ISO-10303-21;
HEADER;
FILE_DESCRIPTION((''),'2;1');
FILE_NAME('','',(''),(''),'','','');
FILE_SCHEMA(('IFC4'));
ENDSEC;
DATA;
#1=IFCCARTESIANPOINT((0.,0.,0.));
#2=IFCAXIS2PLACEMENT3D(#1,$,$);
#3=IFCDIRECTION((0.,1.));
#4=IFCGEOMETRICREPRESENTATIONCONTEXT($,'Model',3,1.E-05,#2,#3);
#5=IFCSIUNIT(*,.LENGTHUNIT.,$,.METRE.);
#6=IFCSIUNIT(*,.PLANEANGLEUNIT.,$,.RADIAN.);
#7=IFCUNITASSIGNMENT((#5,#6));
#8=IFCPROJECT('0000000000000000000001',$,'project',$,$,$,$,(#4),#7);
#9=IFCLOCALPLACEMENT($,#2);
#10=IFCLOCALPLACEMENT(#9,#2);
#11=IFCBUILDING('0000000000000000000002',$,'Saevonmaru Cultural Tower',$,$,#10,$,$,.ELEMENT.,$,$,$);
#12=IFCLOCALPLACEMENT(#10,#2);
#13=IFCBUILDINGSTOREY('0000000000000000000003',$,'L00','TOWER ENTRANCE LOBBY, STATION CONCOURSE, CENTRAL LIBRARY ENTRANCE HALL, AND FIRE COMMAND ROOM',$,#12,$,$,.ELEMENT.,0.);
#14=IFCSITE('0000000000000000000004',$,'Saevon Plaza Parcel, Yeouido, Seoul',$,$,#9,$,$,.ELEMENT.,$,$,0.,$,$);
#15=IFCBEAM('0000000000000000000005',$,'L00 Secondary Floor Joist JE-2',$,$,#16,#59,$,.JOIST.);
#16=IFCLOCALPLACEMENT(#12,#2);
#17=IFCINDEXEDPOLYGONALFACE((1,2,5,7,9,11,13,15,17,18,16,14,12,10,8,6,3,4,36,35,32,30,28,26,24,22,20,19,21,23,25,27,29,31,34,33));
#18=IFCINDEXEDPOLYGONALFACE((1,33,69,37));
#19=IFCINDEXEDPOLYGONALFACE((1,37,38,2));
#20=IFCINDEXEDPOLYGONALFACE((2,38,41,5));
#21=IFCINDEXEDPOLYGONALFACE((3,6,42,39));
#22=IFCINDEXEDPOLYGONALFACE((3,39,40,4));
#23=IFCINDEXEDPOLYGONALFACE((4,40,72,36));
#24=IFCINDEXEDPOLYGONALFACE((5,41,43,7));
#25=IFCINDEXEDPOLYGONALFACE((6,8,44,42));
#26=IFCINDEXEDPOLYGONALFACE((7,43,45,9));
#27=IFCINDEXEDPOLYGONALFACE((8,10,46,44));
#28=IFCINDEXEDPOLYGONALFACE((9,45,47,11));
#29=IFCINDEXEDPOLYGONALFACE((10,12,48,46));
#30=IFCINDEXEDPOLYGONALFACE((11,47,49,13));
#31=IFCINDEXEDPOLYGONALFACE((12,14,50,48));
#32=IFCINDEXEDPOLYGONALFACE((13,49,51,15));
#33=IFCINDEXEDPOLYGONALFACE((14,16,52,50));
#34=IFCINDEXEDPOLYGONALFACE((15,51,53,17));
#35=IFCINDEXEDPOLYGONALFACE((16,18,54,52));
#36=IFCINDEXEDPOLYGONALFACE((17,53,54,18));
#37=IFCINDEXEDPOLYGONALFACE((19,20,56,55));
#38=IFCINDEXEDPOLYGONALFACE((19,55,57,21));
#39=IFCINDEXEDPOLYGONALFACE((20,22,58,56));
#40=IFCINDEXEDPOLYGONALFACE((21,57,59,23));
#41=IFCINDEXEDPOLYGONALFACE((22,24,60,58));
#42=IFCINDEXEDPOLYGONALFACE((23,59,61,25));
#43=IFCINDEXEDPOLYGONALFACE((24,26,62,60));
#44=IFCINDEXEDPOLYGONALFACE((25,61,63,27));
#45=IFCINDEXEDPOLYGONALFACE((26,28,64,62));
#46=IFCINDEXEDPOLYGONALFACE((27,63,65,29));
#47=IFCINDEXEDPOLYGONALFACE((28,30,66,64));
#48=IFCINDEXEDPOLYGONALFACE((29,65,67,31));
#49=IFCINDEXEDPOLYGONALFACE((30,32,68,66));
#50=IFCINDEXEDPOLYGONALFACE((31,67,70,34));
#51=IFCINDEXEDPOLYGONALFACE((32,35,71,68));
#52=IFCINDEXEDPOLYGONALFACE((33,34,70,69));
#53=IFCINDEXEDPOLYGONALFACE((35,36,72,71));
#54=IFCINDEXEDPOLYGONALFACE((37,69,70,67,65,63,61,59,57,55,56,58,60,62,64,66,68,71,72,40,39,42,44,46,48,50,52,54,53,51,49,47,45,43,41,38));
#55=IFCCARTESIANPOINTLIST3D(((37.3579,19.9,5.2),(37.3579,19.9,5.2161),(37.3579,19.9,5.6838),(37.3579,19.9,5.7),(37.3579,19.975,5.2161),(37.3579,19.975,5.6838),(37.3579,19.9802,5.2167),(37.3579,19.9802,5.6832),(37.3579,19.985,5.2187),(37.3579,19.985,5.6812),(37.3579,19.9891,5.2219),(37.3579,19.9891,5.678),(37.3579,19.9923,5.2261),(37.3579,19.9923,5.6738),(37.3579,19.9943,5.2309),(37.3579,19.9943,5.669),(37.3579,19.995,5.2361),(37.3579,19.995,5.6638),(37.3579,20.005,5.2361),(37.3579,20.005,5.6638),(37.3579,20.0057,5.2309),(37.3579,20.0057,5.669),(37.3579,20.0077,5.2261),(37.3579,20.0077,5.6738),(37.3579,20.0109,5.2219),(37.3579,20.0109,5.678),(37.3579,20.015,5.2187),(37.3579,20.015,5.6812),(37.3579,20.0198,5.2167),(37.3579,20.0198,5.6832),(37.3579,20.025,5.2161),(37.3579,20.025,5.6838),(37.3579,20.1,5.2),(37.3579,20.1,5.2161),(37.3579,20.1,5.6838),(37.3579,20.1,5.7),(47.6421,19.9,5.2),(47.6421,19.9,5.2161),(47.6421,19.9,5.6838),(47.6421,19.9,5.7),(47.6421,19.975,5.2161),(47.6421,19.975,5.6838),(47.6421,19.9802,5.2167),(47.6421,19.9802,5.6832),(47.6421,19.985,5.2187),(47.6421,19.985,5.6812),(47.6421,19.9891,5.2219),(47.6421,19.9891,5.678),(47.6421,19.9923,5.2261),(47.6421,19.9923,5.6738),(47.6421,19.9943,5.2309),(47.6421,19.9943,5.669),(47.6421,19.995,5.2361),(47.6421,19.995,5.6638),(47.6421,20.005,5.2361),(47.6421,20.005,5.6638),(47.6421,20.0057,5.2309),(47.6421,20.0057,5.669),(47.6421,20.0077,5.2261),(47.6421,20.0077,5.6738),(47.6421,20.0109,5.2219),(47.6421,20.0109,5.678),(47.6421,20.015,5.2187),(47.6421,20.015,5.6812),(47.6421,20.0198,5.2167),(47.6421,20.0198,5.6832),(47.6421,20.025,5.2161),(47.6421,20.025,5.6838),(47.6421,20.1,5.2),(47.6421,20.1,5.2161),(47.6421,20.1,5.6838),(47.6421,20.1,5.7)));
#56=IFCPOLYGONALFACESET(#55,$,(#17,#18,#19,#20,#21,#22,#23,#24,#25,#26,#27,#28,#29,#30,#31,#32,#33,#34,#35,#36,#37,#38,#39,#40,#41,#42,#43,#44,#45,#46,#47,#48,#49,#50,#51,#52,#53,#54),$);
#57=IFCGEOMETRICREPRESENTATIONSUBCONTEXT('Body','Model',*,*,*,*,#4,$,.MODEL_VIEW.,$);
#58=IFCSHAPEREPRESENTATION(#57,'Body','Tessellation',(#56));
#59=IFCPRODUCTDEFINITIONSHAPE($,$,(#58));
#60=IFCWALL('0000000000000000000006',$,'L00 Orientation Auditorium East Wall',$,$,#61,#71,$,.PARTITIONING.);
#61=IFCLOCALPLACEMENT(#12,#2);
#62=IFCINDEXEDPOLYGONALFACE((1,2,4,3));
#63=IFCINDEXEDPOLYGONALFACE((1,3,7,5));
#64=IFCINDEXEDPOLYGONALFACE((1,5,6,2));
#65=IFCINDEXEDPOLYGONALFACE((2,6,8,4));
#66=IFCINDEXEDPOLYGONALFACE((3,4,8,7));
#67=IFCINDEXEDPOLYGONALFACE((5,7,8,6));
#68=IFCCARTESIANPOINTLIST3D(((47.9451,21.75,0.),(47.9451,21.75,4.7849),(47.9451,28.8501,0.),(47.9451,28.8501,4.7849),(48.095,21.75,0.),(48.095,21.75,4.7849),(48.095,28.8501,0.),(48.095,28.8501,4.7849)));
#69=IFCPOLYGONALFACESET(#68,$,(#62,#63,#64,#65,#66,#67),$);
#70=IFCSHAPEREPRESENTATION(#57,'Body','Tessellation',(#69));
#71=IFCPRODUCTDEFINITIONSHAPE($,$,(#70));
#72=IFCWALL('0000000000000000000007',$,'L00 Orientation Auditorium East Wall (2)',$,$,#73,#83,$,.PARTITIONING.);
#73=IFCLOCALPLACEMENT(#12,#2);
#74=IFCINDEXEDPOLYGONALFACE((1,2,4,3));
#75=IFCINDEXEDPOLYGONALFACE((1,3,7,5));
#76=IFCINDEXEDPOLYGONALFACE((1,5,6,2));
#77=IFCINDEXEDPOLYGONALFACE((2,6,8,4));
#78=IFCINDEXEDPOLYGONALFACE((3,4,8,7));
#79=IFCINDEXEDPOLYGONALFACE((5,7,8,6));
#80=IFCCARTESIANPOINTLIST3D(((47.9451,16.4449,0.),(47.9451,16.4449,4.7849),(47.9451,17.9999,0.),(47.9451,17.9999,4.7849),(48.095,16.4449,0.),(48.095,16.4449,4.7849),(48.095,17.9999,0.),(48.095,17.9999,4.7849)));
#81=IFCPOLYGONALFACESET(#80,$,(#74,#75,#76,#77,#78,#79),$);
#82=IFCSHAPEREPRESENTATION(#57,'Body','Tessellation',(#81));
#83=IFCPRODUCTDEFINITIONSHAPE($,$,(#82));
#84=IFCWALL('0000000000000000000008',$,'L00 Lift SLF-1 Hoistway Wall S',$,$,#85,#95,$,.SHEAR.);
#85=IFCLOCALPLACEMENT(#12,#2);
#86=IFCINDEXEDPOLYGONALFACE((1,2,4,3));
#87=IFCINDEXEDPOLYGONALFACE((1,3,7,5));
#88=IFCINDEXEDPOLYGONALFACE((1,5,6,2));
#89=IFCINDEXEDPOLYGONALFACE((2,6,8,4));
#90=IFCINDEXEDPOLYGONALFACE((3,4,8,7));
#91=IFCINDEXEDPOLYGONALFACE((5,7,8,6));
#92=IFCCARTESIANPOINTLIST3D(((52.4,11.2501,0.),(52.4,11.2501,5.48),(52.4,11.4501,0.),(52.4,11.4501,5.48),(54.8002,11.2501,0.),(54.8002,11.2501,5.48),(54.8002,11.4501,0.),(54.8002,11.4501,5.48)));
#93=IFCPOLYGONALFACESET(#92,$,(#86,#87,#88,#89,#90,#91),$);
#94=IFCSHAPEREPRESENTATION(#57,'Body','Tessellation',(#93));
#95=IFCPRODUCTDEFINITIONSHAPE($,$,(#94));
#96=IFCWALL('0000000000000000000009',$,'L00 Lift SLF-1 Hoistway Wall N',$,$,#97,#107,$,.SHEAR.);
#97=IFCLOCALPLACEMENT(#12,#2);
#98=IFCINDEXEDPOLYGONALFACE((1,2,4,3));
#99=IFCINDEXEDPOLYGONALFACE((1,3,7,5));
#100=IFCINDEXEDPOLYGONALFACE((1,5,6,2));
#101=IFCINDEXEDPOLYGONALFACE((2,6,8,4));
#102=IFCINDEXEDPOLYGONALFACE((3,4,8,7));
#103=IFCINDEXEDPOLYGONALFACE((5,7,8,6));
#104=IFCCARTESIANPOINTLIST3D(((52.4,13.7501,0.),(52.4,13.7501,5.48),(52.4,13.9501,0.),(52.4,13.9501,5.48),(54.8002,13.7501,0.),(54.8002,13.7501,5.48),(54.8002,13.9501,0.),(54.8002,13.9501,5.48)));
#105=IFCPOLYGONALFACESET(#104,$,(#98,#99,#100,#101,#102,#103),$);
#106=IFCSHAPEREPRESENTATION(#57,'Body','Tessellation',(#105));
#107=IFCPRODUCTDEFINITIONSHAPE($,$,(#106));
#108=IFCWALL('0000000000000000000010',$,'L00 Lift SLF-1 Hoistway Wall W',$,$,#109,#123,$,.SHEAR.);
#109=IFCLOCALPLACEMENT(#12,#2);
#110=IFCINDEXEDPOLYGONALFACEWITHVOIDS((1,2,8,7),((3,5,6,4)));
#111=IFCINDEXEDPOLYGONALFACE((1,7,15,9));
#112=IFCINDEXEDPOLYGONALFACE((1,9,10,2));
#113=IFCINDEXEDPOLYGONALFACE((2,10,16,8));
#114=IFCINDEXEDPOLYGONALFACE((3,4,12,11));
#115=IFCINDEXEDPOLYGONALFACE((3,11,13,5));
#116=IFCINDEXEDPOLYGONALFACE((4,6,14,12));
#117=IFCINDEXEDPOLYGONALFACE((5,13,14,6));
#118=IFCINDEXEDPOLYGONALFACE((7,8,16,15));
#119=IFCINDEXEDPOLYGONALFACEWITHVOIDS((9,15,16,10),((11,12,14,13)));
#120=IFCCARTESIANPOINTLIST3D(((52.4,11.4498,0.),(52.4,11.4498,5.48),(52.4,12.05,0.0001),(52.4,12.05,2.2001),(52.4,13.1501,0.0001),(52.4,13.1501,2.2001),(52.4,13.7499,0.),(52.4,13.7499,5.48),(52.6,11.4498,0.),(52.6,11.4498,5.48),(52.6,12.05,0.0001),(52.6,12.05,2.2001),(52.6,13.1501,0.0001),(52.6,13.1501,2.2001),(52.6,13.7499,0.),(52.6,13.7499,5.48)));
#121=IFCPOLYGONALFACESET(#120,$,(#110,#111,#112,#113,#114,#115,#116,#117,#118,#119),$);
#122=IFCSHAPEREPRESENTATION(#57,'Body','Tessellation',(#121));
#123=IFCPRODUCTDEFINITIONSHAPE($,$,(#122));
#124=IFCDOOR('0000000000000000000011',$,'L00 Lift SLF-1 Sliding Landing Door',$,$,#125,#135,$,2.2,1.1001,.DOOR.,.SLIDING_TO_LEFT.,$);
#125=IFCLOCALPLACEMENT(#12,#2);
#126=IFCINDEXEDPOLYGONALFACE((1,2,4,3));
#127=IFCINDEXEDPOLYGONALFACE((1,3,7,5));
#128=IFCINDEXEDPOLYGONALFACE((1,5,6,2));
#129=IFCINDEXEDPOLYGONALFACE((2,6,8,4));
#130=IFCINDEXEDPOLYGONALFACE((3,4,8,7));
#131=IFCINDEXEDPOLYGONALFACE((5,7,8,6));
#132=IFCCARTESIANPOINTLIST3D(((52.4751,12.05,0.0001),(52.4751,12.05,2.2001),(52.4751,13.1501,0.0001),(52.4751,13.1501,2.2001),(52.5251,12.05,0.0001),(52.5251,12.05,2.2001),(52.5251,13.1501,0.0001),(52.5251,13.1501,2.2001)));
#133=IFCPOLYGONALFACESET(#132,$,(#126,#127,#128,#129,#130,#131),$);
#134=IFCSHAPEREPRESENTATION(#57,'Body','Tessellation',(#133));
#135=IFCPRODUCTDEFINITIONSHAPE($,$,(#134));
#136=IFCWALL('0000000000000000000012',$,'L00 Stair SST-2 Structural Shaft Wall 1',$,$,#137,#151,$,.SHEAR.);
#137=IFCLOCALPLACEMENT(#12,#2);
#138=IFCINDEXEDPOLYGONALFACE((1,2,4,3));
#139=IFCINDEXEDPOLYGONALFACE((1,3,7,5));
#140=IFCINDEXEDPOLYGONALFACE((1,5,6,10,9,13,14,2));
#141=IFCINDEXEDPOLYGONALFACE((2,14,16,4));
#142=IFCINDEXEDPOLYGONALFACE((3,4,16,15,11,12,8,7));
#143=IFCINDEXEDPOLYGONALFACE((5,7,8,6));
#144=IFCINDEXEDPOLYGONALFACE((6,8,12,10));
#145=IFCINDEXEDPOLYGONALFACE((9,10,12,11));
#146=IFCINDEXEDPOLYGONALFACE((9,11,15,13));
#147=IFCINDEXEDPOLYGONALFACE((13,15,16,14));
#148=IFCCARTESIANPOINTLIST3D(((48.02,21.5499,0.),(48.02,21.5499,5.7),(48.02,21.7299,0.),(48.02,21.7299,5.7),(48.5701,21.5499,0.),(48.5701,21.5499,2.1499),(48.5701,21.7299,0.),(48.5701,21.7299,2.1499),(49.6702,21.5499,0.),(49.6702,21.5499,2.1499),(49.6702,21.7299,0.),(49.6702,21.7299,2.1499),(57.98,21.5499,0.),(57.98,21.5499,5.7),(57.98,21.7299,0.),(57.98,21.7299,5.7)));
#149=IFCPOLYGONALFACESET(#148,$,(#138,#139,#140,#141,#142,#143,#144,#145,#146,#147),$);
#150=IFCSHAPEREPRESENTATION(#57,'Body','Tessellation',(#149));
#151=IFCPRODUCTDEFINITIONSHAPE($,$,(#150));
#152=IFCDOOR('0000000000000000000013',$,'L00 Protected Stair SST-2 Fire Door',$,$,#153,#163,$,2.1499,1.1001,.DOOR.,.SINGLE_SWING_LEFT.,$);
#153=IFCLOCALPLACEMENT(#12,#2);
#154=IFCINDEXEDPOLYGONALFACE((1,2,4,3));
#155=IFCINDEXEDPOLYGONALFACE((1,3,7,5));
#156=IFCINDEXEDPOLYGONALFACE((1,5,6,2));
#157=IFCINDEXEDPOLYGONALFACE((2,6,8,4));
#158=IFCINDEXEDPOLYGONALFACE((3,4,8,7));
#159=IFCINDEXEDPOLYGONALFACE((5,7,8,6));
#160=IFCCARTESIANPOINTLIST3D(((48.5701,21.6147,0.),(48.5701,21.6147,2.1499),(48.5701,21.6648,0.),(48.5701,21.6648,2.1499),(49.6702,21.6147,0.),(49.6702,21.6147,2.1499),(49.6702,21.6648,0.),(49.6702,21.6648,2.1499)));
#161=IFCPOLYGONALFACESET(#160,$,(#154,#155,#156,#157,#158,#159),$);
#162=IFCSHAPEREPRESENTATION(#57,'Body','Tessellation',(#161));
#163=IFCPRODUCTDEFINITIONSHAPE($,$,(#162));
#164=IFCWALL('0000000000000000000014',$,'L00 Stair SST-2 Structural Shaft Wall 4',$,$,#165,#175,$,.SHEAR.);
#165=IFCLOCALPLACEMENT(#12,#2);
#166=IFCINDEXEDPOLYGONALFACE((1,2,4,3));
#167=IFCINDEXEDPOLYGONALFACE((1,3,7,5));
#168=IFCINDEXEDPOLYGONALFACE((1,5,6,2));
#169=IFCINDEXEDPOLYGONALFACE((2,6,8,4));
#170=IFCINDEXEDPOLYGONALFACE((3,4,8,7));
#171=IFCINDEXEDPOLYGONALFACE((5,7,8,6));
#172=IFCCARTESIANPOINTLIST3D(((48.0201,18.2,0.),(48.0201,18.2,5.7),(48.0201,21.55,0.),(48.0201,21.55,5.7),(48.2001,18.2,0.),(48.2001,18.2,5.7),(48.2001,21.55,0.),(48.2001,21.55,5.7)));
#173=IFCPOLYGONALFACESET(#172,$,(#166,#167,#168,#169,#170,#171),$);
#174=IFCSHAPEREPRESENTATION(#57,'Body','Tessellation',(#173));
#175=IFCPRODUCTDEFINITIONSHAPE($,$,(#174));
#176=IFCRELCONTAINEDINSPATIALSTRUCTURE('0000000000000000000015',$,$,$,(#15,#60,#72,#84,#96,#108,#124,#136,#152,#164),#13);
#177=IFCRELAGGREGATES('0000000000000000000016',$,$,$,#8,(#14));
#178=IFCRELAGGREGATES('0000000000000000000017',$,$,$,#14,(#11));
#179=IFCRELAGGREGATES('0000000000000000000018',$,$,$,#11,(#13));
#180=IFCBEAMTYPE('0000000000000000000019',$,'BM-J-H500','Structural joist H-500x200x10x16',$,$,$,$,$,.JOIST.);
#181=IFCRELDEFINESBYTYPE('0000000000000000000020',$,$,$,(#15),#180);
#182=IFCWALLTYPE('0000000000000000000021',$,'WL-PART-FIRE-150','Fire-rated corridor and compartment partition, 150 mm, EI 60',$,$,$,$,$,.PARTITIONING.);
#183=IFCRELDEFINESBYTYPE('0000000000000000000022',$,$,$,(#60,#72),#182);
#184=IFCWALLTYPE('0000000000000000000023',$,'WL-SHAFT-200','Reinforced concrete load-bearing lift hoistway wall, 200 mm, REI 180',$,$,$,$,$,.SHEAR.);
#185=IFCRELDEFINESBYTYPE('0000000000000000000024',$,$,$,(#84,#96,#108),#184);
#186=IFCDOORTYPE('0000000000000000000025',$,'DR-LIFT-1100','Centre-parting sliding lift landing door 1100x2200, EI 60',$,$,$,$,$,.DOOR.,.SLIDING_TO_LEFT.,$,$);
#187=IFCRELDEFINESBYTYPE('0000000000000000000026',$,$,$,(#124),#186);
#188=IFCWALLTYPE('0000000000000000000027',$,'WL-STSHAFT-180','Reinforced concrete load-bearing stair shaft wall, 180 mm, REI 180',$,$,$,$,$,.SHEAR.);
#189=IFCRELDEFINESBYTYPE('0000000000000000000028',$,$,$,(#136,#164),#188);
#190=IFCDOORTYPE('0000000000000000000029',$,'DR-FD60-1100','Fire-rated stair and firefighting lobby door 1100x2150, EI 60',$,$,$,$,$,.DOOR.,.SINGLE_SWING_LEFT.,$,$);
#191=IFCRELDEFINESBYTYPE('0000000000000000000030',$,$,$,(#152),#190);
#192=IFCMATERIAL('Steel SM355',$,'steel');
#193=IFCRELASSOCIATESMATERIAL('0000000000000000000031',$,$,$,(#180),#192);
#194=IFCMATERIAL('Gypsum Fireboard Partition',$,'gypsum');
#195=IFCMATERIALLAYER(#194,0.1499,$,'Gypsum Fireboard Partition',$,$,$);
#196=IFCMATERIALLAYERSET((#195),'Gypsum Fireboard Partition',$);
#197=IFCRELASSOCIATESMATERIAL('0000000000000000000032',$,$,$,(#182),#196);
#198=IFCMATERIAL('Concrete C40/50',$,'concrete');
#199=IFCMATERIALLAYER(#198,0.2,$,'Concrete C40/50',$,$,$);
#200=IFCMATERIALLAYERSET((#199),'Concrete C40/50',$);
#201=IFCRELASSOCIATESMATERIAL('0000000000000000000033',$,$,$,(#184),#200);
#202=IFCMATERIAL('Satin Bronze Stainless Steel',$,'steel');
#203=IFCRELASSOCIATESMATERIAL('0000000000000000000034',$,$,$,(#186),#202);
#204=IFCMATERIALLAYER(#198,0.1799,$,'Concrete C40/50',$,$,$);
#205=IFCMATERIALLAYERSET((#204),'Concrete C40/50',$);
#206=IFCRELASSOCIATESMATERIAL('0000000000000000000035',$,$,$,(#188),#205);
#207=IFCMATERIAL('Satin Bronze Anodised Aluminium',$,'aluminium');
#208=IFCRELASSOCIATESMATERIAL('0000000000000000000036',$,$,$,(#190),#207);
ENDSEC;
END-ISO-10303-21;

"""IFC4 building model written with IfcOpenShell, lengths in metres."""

from ifc_helpers import new_model, si_unit, direction, frame, frame_2d, origin, origin_2d, place, context, subcontext, project, spatial, rectangle, i_section, extrude, material, layer, layer_set, material_profile, profile_set, type_object, element, fill, save


model = new_model("IFC4")

# Units and contexts
model_context = context("Model", 3, precision=1e-05, world=origin(), true_north=direction((0.0, 1.0)))
body_context = subcontext(model_context, "Body", "Model", "MODEL_VIEW")
ifc_project = project(units=[si_unit("LENGTHUNIT", "METRE"), si_unit("PLANEANGLEUNIT", "RADIAN")], contexts=[model_context])

# Site, building, storey
site_placement = place(None, origin())
site = spatial("IfcSite", under=ifc_project, at=site_placement, Name="Saevon Plaza Parcel, Yeouido, Seoul", CompositionType="ELEMENT", RefElevation=0.0)
building_placement = place(site_placement, origin())
building = spatial("IfcBuilding", under=site, at=building_placement, Name="Saevonmaru Cultural Tower", CompositionType="ELEMENT")
storey_placement = place(building_placement, origin())
storey = spatial("IfcBuildingStorey", under=building, at=storey_placement, Name="L00", Description="TOWER ENTRANCE LOBBY, STATION CONCOURSE, CENTRAL LIBRARY ENTRANCE HALL, AND FIRE COMMAND ROOM", CompositionType="ELEMENT", Elevation=0.0)

# Beam
ifc_material_1 = material(Name="Steel SM355", Category="steel")
ifc_material_profile_1 = material_profile(ifc_material_1, i_section(OverallWidth=0.2, OverallDepth=0.5, WebThickness=0.01, FlangeThickness=0.0161, FilletRadius=0.02, at=origin_2d()), Name="H-500x200x10x16")
ifc_profile_set_1 = profile_set([ifc_material_profile_1], Name="Steel SM355")
beam_type_1 = type_object("IfcBeamType", Name="BM-J-H500", Description="Structural joist H-500x200x10x16", PredefinedType="JOIST", material=ifc_profile_set_1)
for number, where, z_axis, x_axis, name in (
    (1, (37.3579, 20.0, 5.45), (1.0, 0.0, 0.0), (0.0, 1.0, 0.0), "L00 Secondary Floor Joist JE-2"),
):
    element("IfcBeam", number, at=place(storey_placement, frame(where, z_axis=z_axis, x_axis=x_axis)), inside=storey, type_object=beam_type_1, Name=name, PredefinedType="JOIST", context=body_context, shape_type="SweptSolid", body=[
        extrude(i_section(OverallWidth=0.2, OverallDepth=0.5, WebThickness=0.01, FlangeThickness=0.0161, FilletRadius=0.02, at=origin_2d()), origin(), (0.0, 0.0, 1.0), 10.2842),
    ])

# Walls
ifc_material_2 = material(Name="Gypsum Fireboard Partition", Category="gypsum")
ifc_layer_1 = layer(ifc_material_2, 0.1499, Name="Gypsum Fireboard Partition")
ifc_layer_set_1 = layer_set([ifc_layer_1], Name="Gypsum Fireboard Partition")
wall_type_1 = type_object("IfcWallType", Name="WL-PART-FIRE-150", Description="Fire-rated corridor and compartment partition, 150 mm, EI 60", PredefinedType="PARTITIONING", material=ifc_layer_set_1)
wall_1_placement = place(storey_placement, frame((48.02, 21.75, 0.0), z_axis=(0.0, 0.0, 1.0), x_axis=(0.0, 1.0, 0.0)))
element("IfcWall", 2, at=wall_1_placement, inside=storey, type_object=wall_type_1, Name="L00 Orientation Auditorium East Wall", PredefinedType="PARTITIONING", context=body_context, shape_type="SweptSolid", body=[
    extrude(rectangle(XDim=7.1001, YDim=0.1499, at=frame_2d((3.55, 0.0))), origin(), (0.0, 0.0, 1.0), 4.7849),
])
wall_2_placement = place(storey_placement, frame((48.02, 16.4451, 0.0), z_axis=(0.0, 0.0, 1.0), x_axis=(0.0, 1.0, 0.0)))
element("IfcWall", 3, at=wall_2_placement, inside=storey, type_object=wall_type_1, Name="L00 Orientation Auditorium East Wall (2)", PredefinedType="PARTITIONING", context=body_context, shape_type="SweptSolid", body=[
    extrude(rectangle(XDim=1.5549, YDim=0.1499, at=frame_2d((0.7773, 0.0))), origin(), (0.0, 0.0, 1.0), 4.7849),
])
ifc_material_3 = material(Name="Concrete C40/50", Category="concrete")
ifc_layer_2 = layer(ifc_material_3, 0.2, Name="Concrete C40/50")
ifc_layer_set_2 = layer_set([ifc_layer_2], Name="Concrete C40/50")
wall_type_2 = type_object("IfcWallType", Name="WL-SHAFT-200", Description="Reinforced concrete load-bearing lift hoistway wall, 200 mm, REI 180", PredefinedType="SHEAR", material=ifc_layer_set_2)
for number, where, z_axis, x_axis, name in (
    (4, (52.3999, 11.3501, 0.0), (0.0, 0.0, 1.0), (1.0, 0.0, 0.0), "L00 Lift SLF-1 Hoistway Wall S"),
    (5, (52.3999, 13.8501, 0.0), (0.0, 0.0, 1.0), (1.0, 0.0, 0.0), "L00 Lift SLF-1 Hoistway Wall N"),
):
    element("IfcWall", number, at=place(storey_placement, frame(where, z_axis=z_axis, x_axis=x_axis)), inside=storey, type_object=wall_type_2, Name=name, PredefinedType="SHEAR", context=body_context, shape_type="SweptSolid", body=[
        extrude(rectangle(XDim=2.4001, YDim=0.2, at=frame_2d((1.2002, 0.0))), origin(), (0.0, 0.0, 1.0), 5.48),
    ])

# Walls, openings, doors
wall_3_placement = place(storey_placement, frame((52.5, 11.45, 0.0), z_axis=(0.0, 0.0, 1.0), x_axis=(0.0, 1.0, 0.0)))
wall_3 = element("IfcWall", 6, at=wall_3_placement, inside=storey, type_object=wall_type_2, Name="L00 Lift SLF-1 Hoistway Wall W", PredefinedType="SHEAR", context=body_context, shape_type="SweptSolid", body=[
    extrude(rectangle(XDim=2.3, YDim=0.2, at=frame_2d((1.1499, 0.0))), origin(), (0.0, 0.0, 1.0), 5.48),
])
opening_1_placement = place(wall_3_placement, frame((0.6001, 0.0, 0.0)))
opening_1 = element("IfcOpeningElement", 7, at=opening_1_placement, cuts=wall_3, PredefinedType="OPENING", context=body_context, shape_type="SweptSolid", body=[
    extrude(rectangle(XDim=1.1001, YDim=2.2, at=frame_2d((0.55, 1.1001))), frame((0.0, 0.1099, 0.0), z_axis=(0.0, -1.0, 0.0), x_axis=(1.0, 0.0, 0.0)), (0.0, 0.0, 1.0), 0.22),
])
ifc_material_4 = material(Name="Satin Bronze Stainless Steel", Category="steel")
door_type_1 = type_object("IfcDoorType", Name="DR-LIFT-1100", Description="Centre-parting sliding lift landing door 1100x2200, EI 60", OperationType="SLIDING_TO_LEFT", PredefinedType="DOOR", material=ifc_material_4)
door_1_placement = place(opening_1_placement, origin())
door_1 = element("IfcDoor", 8, at=door_1_placement, inside=storey, type_object=door_type_1, Name="L00 Lift SLF-1 Sliding Landing Door", OperationType="SLIDING_TO_LEFT", OverallHeight=2.2, OverallWidth=1.1001, PredefinedType="DOOR", context=body_context, shape_type="SweptSolid", body=[
    extrude(rectangle(XDim=1.1001, YDim=2.2, at=frame_2d((0.55, 1.1001))), frame((0.0, 0.0249, 0.0), z_axis=(0.0, -1.0, 0.0), x_axis=(1.0, 0.0, 0.0)), (0.0, 0.0, 1.0), 0.05),
])
fill(opening_1, door_1)
ifc_layer_3 = layer(ifc_material_3, 0.1799, Name="Concrete C40/50")
ifc_layer_set_3 = layer_set([ifc_layer_3], Name="Concrete C40/50")
wall_type_3 = type_object("IfcWallType", Name="WL-STSHAFT-180", Description="Reinforced concrete load-bearing stair shaft wall, 180 mm, REI 180", PredefinedType="SHEAR", material=ifc_layer_set_3)
wall_4_placement = place(storey_placement, frame((48.02, 21.6399, 0.0), z_axis=(0.0, 0.0, 1.0), x_axis=(1.0, 0.0, 0.0)))
wall_4 = element("IfcWall", 9, at=wall_4_placement, inside=storey, type_object=wall_type_3, Name="L00 Stair SST-2 Structural Shaft Wall 1", PredefinedType="SHEAR", context=body_context, shape_type="SweptSolid", body=[
    extrude(rectangle(XDim=9.96, YDim=0.1799, at=frame_2d((4.98, 0.0))), origin(), (0.0, 0.0, 1.0), 5.7),
])
opening_2_placement = place(wall_4_placement, frame((0.55, 0.0, 0.0)))
opening_2 = element("IfcOpeningElement", 10, at=opening_2_placement, cuts=wall_4, PredefinedType="OPENING", context=body_context, shape_type="SweptSolid", body=[
    extrude(rectangle(XDim=1.1001, YDim=2.1499, at=frame_2d((0.55, 1.075))), frame((0.0, 0.1001, 0.0), z_axis=(0.0, -1.0, 0.0), x_axis=(1.0, 0.0, 0.0)), (0.0, 0.0, 1.0), 0.2),
])
ifc_material_5 = material(Name="Satin Bronze Anodised Aluminium", Category="aluminium")
door_type_2 = type_object("IfcDoorType", Name="DR-FD60-1100", Description="Fire-rated stair and firefighting lobby door 1100x2150, EI 60", OperationType="SINGLE_SWING_LEFT", PredefinedType="DOOR", material=ifc_material_5)
door_2_placement = place(opening_2_placement, origin())
door_2 = element("IfcDoor", 11, at=door_2_placement, inside=storey, type_object=door_type_2, Name="L00 Protected Stair SST-2 Fire Door", OperationType="SINGLE_SWING_LEFT", OverallHeight=2.1499, OverallWidth=1.1001, PredefinedType="DOOR", context=body_context, shape_type="SweptSolid", body=[
    extrude(rectangle(XDim=1.1001, YDim=2.1499, at=frame_2d((0.55, 1.075))), frame((0.0, 0.0249, 0.0), z_axis=(0.0, -1.0, 0.0), x_axis=(1.0, 0.0, 0.0)), (0.0, 0.0, 1.0), 0.05),
])
fill(opening_2, door_2)

# Wall
wall_5_placement = place(storey_placement, frame((48.1101, 18.2, 0.0), z_axis=(0.0, 0.0, 1.0), x_axis=(0.0, 1.0, 0.0)))
element("IfcWall", 12, at=wall_5_placement, inside=storey, type_object=wall_type_3, Name="L00 Stair SST-2 Structural Shaft Wall 4", PredefinedType="SHEAR", context=body_context, shape_type="SweptSolid", body=[
    extrude(rectangle(XDim=3.3501, YDim=0.1799, at=frame_2d((1.675, 0.0))), origin(), (0.0, 0.0, 1.0), 5.7),
])

save(model, "model.ifc")
